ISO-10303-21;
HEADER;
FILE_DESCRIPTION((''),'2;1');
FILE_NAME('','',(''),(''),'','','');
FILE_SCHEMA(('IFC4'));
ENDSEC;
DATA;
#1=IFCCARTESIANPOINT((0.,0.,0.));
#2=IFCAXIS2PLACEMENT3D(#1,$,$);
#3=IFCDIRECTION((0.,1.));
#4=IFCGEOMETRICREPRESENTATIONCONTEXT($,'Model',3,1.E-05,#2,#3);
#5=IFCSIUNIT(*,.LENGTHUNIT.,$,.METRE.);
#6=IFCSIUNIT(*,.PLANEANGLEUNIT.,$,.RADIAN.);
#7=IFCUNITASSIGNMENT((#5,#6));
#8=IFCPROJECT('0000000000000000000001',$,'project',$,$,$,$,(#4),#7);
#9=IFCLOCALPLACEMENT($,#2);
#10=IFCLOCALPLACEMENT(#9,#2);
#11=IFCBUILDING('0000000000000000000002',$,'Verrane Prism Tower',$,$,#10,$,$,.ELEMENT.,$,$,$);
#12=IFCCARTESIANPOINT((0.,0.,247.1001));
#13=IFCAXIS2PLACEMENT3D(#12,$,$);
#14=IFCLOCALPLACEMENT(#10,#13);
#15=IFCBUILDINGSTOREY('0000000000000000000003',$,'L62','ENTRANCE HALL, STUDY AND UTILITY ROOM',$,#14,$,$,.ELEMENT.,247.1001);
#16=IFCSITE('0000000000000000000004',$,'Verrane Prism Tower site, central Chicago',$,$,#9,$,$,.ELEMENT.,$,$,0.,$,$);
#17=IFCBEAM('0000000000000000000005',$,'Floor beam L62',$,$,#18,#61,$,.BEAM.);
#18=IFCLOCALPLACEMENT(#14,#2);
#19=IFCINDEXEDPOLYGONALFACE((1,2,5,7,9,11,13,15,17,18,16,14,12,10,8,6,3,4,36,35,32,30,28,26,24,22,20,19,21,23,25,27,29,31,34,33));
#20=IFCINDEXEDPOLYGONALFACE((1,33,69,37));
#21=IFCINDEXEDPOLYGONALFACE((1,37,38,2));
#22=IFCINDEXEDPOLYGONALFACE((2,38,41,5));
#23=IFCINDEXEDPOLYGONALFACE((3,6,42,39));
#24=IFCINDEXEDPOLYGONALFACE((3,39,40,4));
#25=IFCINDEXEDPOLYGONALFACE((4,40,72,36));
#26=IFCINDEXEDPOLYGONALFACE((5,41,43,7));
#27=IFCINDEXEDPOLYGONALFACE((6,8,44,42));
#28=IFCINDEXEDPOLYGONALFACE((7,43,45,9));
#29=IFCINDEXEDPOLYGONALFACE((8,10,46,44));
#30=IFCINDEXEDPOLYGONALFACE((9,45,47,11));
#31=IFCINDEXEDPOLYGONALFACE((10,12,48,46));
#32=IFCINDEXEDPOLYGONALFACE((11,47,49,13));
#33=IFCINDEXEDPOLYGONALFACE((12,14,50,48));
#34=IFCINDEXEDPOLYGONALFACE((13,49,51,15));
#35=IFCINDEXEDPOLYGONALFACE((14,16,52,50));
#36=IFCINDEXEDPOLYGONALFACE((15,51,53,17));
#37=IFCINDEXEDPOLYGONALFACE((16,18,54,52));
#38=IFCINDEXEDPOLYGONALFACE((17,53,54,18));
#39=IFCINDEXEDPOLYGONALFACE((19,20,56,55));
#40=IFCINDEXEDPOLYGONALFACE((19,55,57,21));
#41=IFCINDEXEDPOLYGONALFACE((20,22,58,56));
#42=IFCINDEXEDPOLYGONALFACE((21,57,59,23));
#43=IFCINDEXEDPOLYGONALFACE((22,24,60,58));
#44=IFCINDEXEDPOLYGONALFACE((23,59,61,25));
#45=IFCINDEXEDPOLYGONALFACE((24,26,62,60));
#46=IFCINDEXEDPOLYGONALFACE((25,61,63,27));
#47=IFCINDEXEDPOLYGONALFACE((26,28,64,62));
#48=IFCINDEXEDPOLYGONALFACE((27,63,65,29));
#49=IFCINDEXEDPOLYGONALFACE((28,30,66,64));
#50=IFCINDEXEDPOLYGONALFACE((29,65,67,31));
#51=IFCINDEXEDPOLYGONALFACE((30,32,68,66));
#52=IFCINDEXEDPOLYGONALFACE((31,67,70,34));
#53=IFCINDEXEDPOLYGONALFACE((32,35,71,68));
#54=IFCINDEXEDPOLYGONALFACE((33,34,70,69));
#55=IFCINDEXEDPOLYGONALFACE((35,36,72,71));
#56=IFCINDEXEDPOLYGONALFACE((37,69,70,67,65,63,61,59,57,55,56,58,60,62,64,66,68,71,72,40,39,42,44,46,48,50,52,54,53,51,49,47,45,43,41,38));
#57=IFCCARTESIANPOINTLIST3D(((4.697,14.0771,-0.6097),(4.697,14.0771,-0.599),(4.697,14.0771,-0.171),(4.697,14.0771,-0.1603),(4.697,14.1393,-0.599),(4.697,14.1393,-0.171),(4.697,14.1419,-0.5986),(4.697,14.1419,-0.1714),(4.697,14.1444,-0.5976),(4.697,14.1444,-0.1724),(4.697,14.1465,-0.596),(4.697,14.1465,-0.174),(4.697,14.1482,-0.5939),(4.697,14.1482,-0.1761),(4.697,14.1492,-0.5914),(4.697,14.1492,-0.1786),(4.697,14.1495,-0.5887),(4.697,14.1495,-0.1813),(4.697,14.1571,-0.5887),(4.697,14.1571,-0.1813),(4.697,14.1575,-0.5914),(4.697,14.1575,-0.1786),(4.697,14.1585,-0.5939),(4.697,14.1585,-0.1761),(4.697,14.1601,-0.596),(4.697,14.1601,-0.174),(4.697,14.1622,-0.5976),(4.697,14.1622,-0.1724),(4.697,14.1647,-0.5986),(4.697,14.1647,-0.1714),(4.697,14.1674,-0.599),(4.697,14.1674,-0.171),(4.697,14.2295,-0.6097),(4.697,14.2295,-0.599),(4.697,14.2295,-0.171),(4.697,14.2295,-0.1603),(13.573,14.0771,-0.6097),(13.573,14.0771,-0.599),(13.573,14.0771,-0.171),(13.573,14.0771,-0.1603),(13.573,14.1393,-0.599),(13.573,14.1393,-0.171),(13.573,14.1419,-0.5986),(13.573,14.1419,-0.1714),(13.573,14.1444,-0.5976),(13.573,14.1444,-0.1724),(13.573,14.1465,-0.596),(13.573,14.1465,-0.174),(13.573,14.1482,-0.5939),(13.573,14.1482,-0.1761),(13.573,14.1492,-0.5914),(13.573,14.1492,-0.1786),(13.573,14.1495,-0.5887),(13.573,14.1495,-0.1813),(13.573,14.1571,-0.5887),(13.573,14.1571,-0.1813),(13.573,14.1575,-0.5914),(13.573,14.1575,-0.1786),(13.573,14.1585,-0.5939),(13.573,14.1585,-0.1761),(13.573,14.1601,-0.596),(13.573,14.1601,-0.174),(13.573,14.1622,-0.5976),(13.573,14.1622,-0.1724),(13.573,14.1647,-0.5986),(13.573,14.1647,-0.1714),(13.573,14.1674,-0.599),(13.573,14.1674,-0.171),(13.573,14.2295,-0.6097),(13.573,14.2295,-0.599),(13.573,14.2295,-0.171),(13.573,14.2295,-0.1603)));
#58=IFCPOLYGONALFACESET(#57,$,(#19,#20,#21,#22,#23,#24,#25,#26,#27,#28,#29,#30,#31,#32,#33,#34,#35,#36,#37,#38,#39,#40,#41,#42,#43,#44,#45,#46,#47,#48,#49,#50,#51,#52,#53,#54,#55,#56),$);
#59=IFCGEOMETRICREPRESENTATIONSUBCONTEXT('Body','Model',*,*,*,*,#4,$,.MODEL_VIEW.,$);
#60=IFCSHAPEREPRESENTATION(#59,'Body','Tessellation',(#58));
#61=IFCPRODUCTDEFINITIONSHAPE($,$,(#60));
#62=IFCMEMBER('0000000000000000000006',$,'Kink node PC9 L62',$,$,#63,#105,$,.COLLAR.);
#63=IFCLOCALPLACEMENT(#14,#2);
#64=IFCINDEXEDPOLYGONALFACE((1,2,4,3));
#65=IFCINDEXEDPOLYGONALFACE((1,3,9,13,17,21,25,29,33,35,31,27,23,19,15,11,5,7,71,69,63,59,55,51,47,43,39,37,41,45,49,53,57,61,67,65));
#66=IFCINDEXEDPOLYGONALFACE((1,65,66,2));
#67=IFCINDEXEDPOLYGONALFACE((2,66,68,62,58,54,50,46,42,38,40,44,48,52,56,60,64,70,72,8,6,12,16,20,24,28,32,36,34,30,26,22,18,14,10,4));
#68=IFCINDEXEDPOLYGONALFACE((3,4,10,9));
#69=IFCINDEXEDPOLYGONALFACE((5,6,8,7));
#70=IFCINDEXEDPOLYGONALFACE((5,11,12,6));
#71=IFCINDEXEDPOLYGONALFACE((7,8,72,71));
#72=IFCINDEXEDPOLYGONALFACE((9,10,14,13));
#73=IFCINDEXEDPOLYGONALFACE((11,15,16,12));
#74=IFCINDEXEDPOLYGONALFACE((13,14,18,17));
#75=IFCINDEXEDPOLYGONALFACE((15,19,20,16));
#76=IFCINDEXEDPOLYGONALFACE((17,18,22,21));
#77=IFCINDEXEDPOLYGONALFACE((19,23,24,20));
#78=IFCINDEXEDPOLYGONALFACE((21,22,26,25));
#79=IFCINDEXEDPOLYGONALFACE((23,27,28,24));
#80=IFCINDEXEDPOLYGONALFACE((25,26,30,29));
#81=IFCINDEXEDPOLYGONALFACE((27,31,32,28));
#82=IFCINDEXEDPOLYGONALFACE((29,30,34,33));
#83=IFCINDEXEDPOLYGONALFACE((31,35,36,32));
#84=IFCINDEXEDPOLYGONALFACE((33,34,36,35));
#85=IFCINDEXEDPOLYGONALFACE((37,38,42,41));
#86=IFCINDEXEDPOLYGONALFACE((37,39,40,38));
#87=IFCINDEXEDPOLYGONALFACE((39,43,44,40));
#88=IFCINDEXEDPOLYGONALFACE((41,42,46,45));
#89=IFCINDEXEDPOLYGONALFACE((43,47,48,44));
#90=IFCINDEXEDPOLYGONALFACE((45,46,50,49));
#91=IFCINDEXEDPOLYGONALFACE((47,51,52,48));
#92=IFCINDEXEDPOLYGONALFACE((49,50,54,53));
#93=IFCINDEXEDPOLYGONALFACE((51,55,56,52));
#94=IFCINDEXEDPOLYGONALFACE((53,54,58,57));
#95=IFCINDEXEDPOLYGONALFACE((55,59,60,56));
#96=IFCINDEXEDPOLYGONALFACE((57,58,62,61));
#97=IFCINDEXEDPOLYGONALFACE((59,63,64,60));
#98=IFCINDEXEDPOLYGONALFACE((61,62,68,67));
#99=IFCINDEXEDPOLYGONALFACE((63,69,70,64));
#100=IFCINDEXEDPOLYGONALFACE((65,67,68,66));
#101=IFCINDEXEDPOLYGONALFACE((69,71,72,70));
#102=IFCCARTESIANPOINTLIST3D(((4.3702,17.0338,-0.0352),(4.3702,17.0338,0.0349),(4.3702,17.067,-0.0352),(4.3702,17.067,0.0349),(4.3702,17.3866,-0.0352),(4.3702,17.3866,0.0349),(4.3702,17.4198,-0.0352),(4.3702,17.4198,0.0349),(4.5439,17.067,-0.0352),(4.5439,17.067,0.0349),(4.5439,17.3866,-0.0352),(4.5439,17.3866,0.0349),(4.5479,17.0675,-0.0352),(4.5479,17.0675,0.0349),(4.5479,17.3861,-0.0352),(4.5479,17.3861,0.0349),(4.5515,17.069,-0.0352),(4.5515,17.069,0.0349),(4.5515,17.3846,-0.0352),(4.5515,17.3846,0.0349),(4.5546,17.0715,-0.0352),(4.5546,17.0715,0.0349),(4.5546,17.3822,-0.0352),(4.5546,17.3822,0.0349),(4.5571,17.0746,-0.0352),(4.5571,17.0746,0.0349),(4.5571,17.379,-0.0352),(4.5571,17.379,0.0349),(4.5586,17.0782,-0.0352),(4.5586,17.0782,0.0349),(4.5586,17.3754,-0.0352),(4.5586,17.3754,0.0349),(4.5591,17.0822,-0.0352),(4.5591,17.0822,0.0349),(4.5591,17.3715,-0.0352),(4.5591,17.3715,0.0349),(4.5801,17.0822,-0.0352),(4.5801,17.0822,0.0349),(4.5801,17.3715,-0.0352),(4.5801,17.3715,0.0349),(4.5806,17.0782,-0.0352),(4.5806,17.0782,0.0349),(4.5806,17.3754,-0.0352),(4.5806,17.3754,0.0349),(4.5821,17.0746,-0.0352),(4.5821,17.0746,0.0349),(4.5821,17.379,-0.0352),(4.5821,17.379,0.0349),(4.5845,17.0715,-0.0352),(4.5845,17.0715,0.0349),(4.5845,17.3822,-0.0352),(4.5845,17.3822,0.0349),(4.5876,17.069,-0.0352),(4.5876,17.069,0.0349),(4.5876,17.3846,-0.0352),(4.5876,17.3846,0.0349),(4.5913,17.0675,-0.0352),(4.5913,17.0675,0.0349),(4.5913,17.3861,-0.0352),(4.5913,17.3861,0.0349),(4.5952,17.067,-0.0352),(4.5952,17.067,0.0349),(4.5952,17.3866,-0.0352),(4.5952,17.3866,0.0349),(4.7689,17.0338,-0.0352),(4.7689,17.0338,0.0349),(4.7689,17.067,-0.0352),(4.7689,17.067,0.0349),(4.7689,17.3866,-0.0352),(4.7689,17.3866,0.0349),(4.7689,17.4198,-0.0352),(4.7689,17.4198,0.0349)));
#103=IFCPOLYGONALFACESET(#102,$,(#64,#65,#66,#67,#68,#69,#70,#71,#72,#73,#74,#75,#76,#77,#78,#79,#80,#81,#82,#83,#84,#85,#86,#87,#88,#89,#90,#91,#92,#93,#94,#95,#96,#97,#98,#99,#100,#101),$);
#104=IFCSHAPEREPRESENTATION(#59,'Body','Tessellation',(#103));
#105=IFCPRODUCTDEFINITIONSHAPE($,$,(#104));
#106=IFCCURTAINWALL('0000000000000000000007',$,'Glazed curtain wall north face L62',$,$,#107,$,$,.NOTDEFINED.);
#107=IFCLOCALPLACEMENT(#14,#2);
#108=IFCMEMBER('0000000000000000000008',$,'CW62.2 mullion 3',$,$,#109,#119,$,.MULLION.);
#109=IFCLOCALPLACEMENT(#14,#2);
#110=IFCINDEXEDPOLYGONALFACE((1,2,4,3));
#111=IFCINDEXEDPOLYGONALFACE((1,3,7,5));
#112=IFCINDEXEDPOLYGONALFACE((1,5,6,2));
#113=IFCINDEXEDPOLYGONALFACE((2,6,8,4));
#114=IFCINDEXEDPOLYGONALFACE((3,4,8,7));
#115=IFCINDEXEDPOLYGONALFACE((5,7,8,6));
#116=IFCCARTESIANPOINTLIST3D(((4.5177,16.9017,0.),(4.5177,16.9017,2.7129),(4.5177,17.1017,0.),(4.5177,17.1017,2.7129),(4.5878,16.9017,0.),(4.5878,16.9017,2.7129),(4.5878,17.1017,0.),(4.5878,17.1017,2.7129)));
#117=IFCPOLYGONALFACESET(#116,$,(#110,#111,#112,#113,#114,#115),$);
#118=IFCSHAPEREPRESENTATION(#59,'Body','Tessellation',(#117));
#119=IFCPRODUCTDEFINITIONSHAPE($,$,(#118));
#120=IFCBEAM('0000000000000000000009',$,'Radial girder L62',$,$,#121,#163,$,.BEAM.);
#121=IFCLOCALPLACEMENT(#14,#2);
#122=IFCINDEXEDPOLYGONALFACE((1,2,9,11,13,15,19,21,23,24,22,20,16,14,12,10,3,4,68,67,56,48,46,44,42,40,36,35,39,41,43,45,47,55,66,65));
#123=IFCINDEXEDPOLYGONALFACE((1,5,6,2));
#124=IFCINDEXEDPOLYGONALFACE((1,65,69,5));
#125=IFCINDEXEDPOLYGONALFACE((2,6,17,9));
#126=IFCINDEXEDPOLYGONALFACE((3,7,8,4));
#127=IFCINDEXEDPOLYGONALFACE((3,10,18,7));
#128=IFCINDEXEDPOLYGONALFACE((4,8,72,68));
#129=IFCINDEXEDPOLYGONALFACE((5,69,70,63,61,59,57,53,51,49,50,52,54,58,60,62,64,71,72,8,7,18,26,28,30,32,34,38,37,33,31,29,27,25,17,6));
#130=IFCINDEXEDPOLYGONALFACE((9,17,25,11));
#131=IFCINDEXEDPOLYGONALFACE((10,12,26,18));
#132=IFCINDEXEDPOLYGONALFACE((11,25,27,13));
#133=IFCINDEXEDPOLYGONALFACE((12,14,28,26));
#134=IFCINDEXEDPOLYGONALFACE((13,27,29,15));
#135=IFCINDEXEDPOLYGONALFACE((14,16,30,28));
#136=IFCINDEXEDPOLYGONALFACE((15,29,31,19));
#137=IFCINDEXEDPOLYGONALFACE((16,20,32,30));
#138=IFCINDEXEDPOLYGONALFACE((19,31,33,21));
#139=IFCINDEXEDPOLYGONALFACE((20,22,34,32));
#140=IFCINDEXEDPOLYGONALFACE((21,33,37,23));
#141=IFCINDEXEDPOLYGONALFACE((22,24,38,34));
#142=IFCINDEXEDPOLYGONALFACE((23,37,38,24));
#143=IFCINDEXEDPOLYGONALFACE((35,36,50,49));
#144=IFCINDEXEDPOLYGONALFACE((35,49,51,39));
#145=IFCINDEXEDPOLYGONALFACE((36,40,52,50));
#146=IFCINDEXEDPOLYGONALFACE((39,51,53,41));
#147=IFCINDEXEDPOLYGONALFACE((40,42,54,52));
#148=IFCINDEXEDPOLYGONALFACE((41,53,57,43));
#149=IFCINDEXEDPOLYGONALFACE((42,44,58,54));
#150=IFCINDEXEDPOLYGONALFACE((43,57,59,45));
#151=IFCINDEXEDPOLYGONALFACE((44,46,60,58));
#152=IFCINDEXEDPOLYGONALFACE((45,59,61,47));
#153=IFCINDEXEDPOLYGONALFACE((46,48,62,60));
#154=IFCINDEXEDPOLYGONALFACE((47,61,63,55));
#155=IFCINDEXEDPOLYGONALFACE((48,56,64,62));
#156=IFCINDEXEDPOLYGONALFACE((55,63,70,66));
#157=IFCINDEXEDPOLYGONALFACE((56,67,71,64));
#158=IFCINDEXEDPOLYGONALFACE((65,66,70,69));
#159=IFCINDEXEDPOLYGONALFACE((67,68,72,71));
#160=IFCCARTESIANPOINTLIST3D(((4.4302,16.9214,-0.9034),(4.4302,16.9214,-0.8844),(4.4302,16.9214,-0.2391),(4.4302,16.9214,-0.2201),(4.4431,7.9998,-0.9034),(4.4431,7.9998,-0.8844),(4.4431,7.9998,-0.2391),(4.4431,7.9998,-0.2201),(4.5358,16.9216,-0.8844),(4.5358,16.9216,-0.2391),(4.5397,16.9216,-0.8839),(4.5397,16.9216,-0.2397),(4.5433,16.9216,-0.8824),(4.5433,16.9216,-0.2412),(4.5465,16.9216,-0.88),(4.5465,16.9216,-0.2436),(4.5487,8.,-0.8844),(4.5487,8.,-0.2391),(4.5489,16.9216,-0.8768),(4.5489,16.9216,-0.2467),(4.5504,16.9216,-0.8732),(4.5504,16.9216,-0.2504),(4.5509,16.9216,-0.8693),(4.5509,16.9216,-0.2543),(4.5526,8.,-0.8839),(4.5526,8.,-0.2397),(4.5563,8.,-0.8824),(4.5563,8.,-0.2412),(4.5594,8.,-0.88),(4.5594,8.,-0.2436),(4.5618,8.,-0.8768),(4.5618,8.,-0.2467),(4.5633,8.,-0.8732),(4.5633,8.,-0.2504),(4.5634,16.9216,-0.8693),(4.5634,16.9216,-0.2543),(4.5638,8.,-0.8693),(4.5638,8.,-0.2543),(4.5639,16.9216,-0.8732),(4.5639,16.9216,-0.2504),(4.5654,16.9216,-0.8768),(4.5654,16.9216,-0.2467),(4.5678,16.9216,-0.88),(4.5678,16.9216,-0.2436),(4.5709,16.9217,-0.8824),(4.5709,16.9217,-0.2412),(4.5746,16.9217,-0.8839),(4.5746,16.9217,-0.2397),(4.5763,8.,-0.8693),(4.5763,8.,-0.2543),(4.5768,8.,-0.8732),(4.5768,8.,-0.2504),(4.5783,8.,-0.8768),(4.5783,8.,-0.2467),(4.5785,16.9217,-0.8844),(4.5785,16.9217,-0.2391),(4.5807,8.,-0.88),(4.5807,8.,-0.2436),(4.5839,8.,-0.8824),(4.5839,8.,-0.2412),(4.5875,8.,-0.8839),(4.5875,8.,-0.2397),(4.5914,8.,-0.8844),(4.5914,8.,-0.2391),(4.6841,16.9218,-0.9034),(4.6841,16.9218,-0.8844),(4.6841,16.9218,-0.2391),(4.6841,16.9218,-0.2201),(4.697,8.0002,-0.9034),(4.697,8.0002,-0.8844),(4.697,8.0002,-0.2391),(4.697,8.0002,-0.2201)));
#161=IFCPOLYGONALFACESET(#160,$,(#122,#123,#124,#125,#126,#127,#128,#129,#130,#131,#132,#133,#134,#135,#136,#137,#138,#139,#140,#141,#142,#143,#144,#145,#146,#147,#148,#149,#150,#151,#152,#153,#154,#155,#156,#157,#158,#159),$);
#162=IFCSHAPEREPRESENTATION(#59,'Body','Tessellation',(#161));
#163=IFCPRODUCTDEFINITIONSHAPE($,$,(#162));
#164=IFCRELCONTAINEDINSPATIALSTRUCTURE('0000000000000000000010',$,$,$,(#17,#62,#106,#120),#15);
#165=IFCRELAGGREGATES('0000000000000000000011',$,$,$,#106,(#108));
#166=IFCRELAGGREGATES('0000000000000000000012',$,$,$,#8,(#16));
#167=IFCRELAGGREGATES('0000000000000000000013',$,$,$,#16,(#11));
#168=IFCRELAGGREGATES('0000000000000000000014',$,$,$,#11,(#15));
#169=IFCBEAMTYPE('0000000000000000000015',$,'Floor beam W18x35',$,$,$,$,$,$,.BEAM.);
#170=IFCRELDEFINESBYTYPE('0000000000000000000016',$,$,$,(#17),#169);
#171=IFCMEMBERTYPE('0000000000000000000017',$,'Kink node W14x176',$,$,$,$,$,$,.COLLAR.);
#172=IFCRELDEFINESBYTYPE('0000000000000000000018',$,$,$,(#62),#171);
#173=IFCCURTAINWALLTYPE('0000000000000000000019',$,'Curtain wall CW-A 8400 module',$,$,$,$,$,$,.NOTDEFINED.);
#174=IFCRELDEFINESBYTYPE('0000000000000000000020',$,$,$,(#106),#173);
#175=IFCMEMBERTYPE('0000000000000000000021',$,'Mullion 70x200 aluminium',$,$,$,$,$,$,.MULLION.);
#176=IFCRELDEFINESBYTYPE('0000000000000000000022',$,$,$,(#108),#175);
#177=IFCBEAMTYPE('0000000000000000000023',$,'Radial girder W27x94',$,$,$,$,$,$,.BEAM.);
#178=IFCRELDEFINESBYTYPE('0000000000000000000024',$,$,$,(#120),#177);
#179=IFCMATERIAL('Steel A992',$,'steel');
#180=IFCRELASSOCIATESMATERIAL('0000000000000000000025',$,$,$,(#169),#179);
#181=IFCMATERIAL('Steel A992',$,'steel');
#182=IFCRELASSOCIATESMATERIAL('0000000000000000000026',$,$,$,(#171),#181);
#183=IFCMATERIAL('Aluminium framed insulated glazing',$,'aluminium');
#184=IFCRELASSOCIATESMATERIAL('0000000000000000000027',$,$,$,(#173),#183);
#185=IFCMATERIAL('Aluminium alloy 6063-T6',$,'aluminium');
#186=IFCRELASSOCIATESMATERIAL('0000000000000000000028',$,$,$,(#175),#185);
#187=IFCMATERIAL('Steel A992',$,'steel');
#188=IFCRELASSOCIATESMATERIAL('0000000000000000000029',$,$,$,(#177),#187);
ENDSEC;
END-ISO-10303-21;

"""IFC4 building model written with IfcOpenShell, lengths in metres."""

from ifc_helpers import new_model, si_unit, direction, frame, origin, origin_2d, place, context, subcontext, project, spatial, rectangle, i_section, extrude, material, material_profile, profile_set, type_object, element, aggregate, save


model = new_model("IFC4")

# Units and contexts
model_context = context("Model", 3, precision=1e-05, world=origin(), true_north=direction((0.0, 1.0)))
body_context = subcontext(model_context, "Body", "Model", "MODEL_VIEW")
ifc_project = project(units=[si_unit("LENGTHUNIT", "METRE"), si_unit("PLANEANGLEUNIT", "RADIAN")], contexts=[model_context])

# Site, building, storey
site_placement = place(None, origin())
site = spatial("IfcSite", under=ifc_project, at=site_placement, Name="Verrane Prism Tower site, central Chicago", CompositionType="ELEMENT", RefElevation=0.0)
building_placement = place(site_placement, origin())
building = spatial("IfcBuilding", under=site, at=building_placement, Name="Verrane Prism Tower", CompositionType="ELEMENT")
storey_placement = place(building_placement, frame((0.0, 0.0, 247.1001)))
storey = spatial("IfcBuildingStorey", under=building, at=storey_placement, Name="L62", Description="ENTRANCE HALL, STUDY AND UTILITY ROOM", CompositionType="ELEMENT", Elevation=247.1001)

# Beam
ifc_material_1 = material(Name="Steel A992", Category="steel")
ifc_material_profile_1 = material_profile(ifc_material_1, i_section(OverallWidth=0.1523, OverallDepth=0.4495, WebThickness=0.0076, FlangeThickness=0.0107, FilletRadius=0.0103, at=origin_2d()), Name="W18x35")
ifc_profile_set_1 = profile_set([ifc_material_profile_1], Name="Steel A992")
beam_type_1 = type_object("IfcBeamType", Name="Floor beam W18x35", PredefinedType="BEAM", material=ifc_profile_set_1)
for number, where, z_axis, x_axis, name in (
    (1, (4.697, 14.1533, -0.385), (1.0, 0.0, 0.0), (0.0, 1.0, 0.0), "Floor beam L62"),
):
    element("IfcBeam", number, at=place(storey_placement, frame(where, z_axis=z_axis, x_axis=x_axis)), inside=storey, type_object=beam_type_1, Name=name, PredefinedType="BEAM", context=body_context, shape_type="SweptSolid", body=[
        extrude(i_section(OverallWidth=0.1523, OverallDepth=0.4495, WebThickness=0.0076, FlangeThickness=0.0107, FilletRadius=0.0103, at=origin_2d()), origin(), (0.0, 0.0, 1.0), 8.876),
    ])

# Member
ifc_material_2 = material(Name="Steel A992", Category="steel")
ifc_material_profile_2 = material_profile(ifc_material_2, i_section(OverallWidth=0.3987, OverallDepth=0.386, WebThickness=0.021, FlangeThickness=0.0332, FilletRadius=0.0151, at=origin_2d()), Name="W14x176")
ifc_profile_set_2 = profile_set([ifc_material_profile_2], Name="Steel A992")
member_type_1 = type_object("IfcMemberType", Name="Kink node W14x176", PredefinedType="COLLAR", material=ifc_profile_set_2)
member_1_placement = place(storey_placement, frame((4.5696, 17.2268, -0.0352), z_axis=(0.0, 0.0, 1.0), x_axis=(1.0, 0.0, 0.0)))
element("IfcMember", 2, at=member_1_placement, inside=storey, type_object=member_type_1, Name="Kink node PC9 L62", PredefinedType="COLLAR", context=body_context, shape_type="SweptSolid", body=[
    extrude(i_section(OverallWidth=0.3987, OverallDepth=0.386, WebThickness=0.021, FlangeThickness=0.0332, FilletRadius=0.0151, at=origin_2d()), origin(), (0.0, 0.0, 1.0), 0.0701),
])

# Curtain wall, member
ifc_material_3 = material(Name="Aluminium framed insulated glazing", Category="aluminium")
curtain_wall_type = type_object("IfcCurtainWallType", Name="Curtain wall CW-A 8400 module", PredefinedType="NOTDEFINED", material=ifc_material_3)
curtain_wall_placement = place(storey_placement, origin())
curtain_wall = element("IfcCurtainWall", 3, at=curtain_wall_placement, inside=storey, type_object=curtain_wall_type, Name="Glazed curtain wall north face L62", PredefinedType="NOTDEFINED")
ifc_material_4 = material(Name="Aluminium alloy 6063-T6", Category="aluminium")
ifc_material_profile_3 = material_profile(ifc_material_4, rectangle(XDim=0.2, YDim=0.0701, at=origin_2d()), Name="Mullion 70x200 aluminium")
ifc_profile_set_3 = profile_set([ifc_material_profile_3], Name="Aluminium alloy 6063-T6")
member_type_2 = type_object("IfcMemberType", Name="Mullion 70x200 aluminium", PredefinedType="MULLION", material=ifc_profile_set_3)
member_2_placement = place(storey_placement, frame((4.5527, 17.0017, 0.0), z_axis=(0.0, 0.0, 1.0), x_axis=(0.0, -1.0, 0.0)))
member_2 = element("IfcMember", 4, at=member_2_placement, type_object=member_type_2, Name="CW62.2 mullion 3", PredefinedType="MULLION", context=body_context, shape_type="SweptSolid", body=[
    extrude(rectangle(XDim=0.2, YDim=0.0701, at=origin_2d()), origin(), (0.0, 0.0, 1.0), 2.7129),
])

# Beam
ifc_material_5 = material(Name="Steel A992", Category="steel")
ifc_material_profile_4 = material_profile(ifc_material_5, i_section(OverallWidth=0.2539, OverallDepth=0.6833, WebThickness=0.0125, FlangeThickness=0.019, FilletRadius=0.0151, at=origin_2d()), Name="W27x94")
ifc_profile_set_4 = profile_set([ifc_material_profile_4], Name="Steel A992")
beam_type_2 = type_object("IfcBeamType", Name="Radial girder W27x94", PredefinedType="BEAM", material=ifc_profile_set_4)
beam_1_placement = place(storey_placement, frame((4.5571, 16.9216, -0.5618), z_axis=(0.00145, -0.999999, 0.0), x_axis=(0.999999, 0.00145, 0.0)))
element("IfcBeam", 5, at=beam_1_placement, inside=storey, type_object=beam_type_2, Name="Radial girder L62", PredefinedType="BEAM", context=body_context, shape_type="SweptSolid", body=[
    extrude(i_section(OverallWidth=0.2539, OverallDepth=0.6833, WebThickness=0.0125, FlangeThickness=0.019, FilletRadius=0.0151, at=origin_2d()), origin(), (0.0, 0.0, 1.0), 8.9216),
])

aggregate(curtain_wall, [member_2])

save(model, "model.ifc")
